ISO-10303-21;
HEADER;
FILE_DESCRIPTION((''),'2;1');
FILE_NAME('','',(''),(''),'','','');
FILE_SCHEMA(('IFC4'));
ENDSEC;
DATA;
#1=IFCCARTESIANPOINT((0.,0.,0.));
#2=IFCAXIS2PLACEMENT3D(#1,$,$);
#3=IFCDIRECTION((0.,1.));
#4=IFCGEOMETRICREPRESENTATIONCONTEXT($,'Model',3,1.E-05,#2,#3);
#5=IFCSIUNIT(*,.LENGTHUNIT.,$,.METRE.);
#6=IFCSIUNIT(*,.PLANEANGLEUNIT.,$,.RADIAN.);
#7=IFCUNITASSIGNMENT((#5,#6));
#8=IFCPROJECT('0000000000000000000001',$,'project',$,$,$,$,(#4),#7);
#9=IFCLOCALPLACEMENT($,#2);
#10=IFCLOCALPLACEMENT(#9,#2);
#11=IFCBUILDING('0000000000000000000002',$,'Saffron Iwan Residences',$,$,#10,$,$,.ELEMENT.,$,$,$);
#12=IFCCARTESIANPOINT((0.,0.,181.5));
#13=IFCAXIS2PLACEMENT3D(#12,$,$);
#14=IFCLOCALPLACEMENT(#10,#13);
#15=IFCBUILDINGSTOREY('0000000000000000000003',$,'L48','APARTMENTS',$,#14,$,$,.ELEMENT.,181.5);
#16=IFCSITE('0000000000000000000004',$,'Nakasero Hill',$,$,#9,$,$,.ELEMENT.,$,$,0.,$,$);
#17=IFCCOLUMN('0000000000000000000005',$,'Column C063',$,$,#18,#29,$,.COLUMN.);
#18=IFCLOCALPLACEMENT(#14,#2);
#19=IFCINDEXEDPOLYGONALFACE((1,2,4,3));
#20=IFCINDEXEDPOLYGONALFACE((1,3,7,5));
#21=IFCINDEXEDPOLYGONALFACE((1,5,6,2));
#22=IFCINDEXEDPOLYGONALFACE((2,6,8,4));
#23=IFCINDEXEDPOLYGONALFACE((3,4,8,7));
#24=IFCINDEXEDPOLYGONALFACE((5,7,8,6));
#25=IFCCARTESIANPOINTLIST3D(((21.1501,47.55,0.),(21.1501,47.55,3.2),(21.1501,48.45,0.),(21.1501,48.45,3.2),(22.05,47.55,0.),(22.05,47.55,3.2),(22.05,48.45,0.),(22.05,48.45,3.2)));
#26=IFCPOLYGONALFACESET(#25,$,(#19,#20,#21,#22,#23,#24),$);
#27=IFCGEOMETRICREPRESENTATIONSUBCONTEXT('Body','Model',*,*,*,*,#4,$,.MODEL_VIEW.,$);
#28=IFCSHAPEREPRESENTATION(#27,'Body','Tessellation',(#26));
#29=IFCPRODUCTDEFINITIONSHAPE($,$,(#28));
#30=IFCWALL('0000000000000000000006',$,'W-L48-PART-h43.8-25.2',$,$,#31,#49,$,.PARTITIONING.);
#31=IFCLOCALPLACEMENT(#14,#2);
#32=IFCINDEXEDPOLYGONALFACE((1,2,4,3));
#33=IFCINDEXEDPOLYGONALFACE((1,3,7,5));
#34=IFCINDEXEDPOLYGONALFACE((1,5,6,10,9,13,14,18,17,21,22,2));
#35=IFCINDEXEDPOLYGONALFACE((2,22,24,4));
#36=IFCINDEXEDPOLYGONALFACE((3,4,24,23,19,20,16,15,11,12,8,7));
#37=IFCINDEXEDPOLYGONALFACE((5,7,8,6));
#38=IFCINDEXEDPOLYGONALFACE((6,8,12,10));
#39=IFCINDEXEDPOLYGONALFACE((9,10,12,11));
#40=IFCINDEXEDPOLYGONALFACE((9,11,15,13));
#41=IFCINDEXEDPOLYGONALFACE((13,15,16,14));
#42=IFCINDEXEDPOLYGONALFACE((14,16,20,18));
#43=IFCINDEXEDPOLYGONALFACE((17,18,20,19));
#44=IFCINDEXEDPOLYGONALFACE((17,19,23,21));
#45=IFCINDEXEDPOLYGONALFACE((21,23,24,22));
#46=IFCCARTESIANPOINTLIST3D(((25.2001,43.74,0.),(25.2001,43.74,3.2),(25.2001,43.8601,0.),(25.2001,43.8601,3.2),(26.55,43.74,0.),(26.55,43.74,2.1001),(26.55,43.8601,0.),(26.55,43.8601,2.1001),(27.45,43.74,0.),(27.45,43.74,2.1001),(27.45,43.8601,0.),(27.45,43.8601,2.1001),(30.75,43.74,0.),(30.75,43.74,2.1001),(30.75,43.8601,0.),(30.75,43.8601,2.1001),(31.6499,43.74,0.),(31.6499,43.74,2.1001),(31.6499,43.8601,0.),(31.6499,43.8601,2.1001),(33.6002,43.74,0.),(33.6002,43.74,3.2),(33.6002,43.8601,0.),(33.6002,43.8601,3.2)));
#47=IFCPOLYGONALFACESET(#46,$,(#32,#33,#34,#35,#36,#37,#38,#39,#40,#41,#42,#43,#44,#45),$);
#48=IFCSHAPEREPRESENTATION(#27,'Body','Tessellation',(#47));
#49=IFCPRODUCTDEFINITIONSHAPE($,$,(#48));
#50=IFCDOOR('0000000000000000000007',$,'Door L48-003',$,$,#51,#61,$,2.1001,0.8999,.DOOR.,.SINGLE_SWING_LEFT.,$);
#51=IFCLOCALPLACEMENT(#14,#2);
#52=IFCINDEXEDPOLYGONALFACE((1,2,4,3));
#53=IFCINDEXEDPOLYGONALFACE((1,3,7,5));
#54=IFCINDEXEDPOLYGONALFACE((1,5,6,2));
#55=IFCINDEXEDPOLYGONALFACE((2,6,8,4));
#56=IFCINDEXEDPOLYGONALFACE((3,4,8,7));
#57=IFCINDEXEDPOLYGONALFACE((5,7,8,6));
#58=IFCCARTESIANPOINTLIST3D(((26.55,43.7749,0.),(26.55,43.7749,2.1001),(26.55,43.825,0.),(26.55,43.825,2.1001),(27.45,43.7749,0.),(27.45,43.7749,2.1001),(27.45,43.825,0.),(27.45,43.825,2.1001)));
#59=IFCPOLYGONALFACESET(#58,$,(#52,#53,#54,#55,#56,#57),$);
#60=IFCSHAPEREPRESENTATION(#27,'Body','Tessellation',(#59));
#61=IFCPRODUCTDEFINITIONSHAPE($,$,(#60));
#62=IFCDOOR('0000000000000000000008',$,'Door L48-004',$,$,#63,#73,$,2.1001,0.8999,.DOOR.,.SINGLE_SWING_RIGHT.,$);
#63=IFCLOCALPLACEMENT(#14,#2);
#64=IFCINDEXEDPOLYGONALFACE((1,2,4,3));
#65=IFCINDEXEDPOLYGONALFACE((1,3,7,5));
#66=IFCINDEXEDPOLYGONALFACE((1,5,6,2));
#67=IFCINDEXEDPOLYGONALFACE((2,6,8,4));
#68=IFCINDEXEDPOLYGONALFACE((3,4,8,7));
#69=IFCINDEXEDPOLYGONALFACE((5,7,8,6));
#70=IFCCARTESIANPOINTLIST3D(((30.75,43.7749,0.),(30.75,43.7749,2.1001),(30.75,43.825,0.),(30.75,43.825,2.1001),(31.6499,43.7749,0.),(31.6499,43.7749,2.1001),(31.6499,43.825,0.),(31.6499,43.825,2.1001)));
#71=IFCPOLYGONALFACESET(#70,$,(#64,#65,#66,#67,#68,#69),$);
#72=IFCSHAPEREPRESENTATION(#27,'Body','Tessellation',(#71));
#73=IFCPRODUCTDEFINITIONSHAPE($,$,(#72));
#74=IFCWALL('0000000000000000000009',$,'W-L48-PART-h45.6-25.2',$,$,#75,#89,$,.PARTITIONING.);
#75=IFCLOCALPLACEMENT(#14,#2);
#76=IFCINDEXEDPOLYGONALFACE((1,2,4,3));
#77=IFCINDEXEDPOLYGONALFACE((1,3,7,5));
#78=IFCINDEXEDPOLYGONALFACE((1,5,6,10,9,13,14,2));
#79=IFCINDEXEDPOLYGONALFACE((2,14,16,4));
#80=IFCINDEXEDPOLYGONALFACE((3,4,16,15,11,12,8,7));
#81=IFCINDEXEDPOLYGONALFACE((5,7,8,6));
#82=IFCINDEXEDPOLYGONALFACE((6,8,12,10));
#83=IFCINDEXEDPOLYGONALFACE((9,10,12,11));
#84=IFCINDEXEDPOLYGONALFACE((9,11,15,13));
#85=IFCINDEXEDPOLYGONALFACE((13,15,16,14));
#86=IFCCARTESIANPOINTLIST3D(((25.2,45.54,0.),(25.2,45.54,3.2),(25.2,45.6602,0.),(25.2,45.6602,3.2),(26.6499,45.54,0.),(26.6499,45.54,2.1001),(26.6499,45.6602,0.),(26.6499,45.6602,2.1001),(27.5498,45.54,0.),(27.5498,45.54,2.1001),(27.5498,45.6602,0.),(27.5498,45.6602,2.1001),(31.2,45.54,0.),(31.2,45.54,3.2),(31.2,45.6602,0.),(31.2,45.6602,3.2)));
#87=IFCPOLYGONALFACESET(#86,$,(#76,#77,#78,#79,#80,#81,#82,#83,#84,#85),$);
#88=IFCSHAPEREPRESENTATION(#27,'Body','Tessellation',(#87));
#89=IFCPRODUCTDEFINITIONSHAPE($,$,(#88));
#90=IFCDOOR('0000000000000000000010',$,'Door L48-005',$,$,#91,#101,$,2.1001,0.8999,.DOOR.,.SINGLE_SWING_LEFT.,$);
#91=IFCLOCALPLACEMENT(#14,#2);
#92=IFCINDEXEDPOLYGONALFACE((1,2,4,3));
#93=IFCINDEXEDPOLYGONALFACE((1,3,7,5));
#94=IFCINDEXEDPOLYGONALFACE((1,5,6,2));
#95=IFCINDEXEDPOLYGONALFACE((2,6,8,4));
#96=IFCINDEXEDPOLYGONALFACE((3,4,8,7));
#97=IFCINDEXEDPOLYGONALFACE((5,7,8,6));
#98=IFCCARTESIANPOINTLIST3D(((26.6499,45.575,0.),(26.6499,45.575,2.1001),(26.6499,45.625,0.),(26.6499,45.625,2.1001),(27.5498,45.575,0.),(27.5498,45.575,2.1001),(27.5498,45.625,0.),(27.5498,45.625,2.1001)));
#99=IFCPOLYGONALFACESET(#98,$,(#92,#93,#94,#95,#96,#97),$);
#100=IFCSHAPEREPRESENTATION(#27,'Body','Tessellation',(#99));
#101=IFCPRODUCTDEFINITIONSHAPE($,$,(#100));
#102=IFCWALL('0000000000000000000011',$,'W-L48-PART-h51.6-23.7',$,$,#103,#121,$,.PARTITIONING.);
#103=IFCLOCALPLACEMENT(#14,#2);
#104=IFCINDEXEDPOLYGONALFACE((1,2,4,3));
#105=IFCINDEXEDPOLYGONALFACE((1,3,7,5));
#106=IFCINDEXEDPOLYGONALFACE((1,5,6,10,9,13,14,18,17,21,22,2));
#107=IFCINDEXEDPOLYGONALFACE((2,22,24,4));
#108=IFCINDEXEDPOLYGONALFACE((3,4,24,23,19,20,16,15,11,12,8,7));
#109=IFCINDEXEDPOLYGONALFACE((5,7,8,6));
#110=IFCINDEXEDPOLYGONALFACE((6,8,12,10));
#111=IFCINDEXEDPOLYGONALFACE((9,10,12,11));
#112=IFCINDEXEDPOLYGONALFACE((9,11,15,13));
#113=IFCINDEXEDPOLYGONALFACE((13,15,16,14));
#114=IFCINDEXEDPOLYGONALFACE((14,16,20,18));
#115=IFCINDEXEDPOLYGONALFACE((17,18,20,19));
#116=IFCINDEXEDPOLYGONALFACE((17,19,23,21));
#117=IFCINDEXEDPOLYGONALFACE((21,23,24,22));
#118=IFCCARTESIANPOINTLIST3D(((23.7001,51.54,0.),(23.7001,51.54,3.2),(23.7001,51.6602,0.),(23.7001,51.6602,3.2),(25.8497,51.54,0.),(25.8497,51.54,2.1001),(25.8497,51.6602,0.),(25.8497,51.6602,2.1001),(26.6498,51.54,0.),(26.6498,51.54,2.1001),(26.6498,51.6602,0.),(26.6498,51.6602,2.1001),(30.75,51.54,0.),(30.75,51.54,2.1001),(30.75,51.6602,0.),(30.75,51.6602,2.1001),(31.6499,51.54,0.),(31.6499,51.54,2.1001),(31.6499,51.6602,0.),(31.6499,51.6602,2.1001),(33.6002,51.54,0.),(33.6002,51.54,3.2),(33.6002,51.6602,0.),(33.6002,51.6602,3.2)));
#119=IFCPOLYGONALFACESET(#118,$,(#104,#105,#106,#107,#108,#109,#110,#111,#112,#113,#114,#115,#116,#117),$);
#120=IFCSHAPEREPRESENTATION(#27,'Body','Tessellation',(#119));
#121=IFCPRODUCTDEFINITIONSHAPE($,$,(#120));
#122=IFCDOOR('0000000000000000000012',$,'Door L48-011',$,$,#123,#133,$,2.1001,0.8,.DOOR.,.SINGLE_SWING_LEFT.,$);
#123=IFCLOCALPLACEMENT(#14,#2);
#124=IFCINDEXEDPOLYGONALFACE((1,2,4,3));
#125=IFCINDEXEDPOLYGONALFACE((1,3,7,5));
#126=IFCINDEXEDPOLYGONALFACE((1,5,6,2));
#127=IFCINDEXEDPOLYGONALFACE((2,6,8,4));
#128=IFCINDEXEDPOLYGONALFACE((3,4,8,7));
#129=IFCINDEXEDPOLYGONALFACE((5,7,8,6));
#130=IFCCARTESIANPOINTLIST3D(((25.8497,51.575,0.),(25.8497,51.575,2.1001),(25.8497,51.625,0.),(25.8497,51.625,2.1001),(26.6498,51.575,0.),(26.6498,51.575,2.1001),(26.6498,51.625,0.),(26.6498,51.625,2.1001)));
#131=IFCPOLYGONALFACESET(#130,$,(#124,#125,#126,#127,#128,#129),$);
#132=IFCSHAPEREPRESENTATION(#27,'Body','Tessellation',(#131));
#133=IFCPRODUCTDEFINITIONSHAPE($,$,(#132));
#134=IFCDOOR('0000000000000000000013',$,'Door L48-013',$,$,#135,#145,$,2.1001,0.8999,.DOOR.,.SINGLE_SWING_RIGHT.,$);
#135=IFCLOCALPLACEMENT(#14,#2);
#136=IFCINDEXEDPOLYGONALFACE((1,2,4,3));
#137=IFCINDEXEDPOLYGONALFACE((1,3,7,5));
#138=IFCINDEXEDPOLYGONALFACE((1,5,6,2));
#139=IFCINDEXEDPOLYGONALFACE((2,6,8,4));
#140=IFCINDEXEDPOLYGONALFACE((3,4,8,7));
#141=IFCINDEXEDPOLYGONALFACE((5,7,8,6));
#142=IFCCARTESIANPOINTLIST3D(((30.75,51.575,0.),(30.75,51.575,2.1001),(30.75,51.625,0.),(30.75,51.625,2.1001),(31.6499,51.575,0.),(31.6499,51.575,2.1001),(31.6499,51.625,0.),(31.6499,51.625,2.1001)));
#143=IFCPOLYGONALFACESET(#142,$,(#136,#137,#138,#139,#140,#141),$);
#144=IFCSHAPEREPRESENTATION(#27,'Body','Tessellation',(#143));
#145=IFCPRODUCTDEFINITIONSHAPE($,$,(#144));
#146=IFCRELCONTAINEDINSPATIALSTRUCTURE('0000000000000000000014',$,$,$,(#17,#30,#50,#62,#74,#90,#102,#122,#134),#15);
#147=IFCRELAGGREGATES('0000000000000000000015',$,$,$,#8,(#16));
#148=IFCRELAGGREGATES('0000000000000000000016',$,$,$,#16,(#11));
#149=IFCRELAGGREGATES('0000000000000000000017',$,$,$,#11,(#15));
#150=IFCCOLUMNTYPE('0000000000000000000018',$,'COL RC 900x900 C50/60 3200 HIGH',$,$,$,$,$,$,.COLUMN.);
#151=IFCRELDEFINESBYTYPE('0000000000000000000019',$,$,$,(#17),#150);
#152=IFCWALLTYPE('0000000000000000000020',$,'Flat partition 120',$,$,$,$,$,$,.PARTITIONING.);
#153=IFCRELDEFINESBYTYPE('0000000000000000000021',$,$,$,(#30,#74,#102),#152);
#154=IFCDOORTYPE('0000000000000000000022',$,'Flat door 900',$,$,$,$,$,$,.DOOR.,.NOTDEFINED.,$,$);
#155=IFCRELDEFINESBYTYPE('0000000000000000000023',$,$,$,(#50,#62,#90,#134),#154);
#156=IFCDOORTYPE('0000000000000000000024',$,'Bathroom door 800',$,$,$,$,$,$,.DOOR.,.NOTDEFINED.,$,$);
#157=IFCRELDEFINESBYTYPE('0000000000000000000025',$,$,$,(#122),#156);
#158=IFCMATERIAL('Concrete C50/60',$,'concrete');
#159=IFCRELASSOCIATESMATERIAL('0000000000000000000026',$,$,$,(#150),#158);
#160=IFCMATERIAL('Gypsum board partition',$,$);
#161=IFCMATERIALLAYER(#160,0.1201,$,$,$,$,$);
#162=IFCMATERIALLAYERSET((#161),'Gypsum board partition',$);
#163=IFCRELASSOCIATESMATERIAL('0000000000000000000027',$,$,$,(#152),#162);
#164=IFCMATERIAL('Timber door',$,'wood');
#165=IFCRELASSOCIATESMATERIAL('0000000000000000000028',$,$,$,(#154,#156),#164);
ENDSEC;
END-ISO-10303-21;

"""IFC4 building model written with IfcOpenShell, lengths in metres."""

from ifc_helpers import new_model, si_unit, direction, frame, frame_2d, origin, origin_2d, place, context, subcontext, project, spatial, rectangle, extrude, source, transform, mapped, material, layer, layer_set, material_profile, profile_set, type_object, element, fill, save


model = new_model("IFC4")

# Units and contexts
model_context = context("Model", 3, precision=1e-05, world=origin(), true_north=direction((0.0, 1.0)))
body_context = subcontext(model_context, "Body", "Model", "MODEL_VIEW")
ifc_project = project(units=[si_unit("LENGTHUNIT", "METRE"), si_unit("PLANEANGLEUNIT", "RADIAN")], contexts=[model_context])

# Site, building, storey
site_placement = place(None, origin())
site = spatial("IfcSite", under=ifc_project, at=site_placement, Name="Nakasero Hill", CompositionType="ELEMENT", RefElevation=0.0)
building_placement = place(site_placement, origin())
building = spatial("IfcBuilding", under=site, at=building_placement, Name="Saffron Iwan Residences", CompositionType="ELEMENT")
storey_placement = place(building_placement, frame((0.0, 0.0, 181.5)))
storey = spatial("IfcBuildingStorey", under=building, at=storey_placement, Name="L48", Description="APARTMENTS", CompositionType="ELEMENT", Elevation=181.5)

# Column
ifc_material_1 = material(Name="Concrete C50/60", Category="concrete")
ifc_material_profile = material_profile(ifc_material_1, rectangle(XDim=0.8999, YDim=0.8999, at=origin_2d()), Name="RC 900x900")
ifc_profile_set = profile_set([ifc_material_profile], Name="Concrete C50/60")
column_type = type_object("IfcColumnType", Name="COL RC 900x900 C50/60 3200 HIGH", PredefinedType="COLUMN", material=ifc_profile_set)
shared_shape = source(origin(), body_context, "Body", "SweptSolid", [
    extrude(rectangle(XDim=0.8999, YDim=0.8999, at=origin_2d()), origin(), (0.0, 0.0, 1.0), 3.2),
])
column_placement = place(storey_placement, frame((21.6001, 48.0, 0.0), z_axis=(0.0, 0.0, 1.0), x_axis=(1.0, 0.0, 0.0)))
element("IfcColumn", 1, at=column_placement, inside=storey, type_object=column_type, Name="Column C063", PredefinedType="COLUMN", context=body_context, shape_type="MappedRepresentation", body=[
    mapped(shared_shape, transform((0.0, 0.0, 0.0))),
])

# Wall, openings, doors
ifc_material_2 = material(Name="Gypsum board partition")
ifc_layer = layer(ifc_material_2, 0.1201)
ifc_layer_set = layer_set([ifc_layer], Name="Gypsum board partition")
wall_type = type_object("IfcWallType", Name="Flat partition 120", PredefinedType="PARTITIONING", material=ifc_layer_set)
wall_1_placement = place(storey_placement, frame((25.2, 43.8, 0.0), z_axis=(0.0, 0.0, 1.0), x_axis=(1.0, 0.0, 0.0)))
wall_1 = element("IfcWall", 2, at=wall_1_placement, inside=storey, type_object=wall_type, Name="W-L48-PART-h43.8-25.2", PredefinedType="PARTITIONING", context=body_context, shape_type="SweptSolid", body=[
    extrude(rectangle(XDim=8.4001, YDim=0.1201, at=frame_2d((4.2002, 0.0))), origin(), (0.0, 0.0, 1.0), 3.2),
])
opening_1_placement = place(wall_1_placement, frame((1.3501, 0.0, 0.0)))
opening_1 = element("IfcOpeningElement", 3, at=opening_1_placement, cuts=wall_1, PredefinedType="OPENING", context=body_context, shape_type="SweptSolid", body=[
    extrude(rectangle(XDim=0.8999, YDim=2.1001, at=frame_2d((0.45, 1.05))), frame((0.0, 0.0701, 0.0), z_axis=(0.0, -1.0, 0.0), x_axis=(1.0, 0.0, 0.0)), (0.0, 0.0, 1.0), 0.1401),
])
opening_2_placement = place(wall_1_placement, frame((5.55, 0.0, 0.0)))
opening_2 = element("IfcOpeningElement", 4, at=opening_2_placement, cuts=wall_1, PredefinedType="OPENING", context=body_context, shape_type="SweptSolid", body=[
    extrude(rectangle(XDim=0.8999, YDim=2.1001, at=frame_2d((0.45, 1.05))), frame((0.0, 0.0701, 0.0), z_axis=(0.0, -1.0, 0.0), x_axis=(1.0, 0.0, 0.0)), (0.0, 0.0, 1.0), 0.1401),
])
ifc_material_3 = material(Name="Timber door", Category="wood")
door_type_1 = type_object("IfcDoorType", Name="Flat door 900", OperationType="NOTDEFINED", PredefinedType="DOOR", material=ifc_material_3)
door_1_placement = place(opening_1_placement, origin())
door_1 = element("IfcDoor", 5, at=door_1_placement, inside=storey, type_object=door_type_1, Name="Door L48-003", OperationType="SINGLE_SWING_LEFT", OverallHeight=2.1001, OverallWidth=0.8999, PredefinedType="DOOR", context=body_context, shape_type="SweptSolid", body=[
    extrude(rectangle(XDim=0.8999, YDim=2.1001, at=frame_2d((0.45, 1.05))), frame((0.0, 0.0249, 0.0), z_axis=(0.0, -1.0, 0.0), x_axis=(1.0, 0.0, 0.0)), (0.0, 0.0, 1.0), 0.05),
])
fill(opening_1, door_1)
door_2_placement = place(opening_2_placement, origin())
door_2 = element("IfcDoor", 6, at=door_2_placement, inside=storey, type_object=door_type_1, Name="Door L48-004", OperationType="SINGLE_SWING_RIGHT", OverallHeight=2.1001, OverallWidth=0.8999, PredefinedType="DOOR", context=body_context, shape_type="SweptSolid", body=[
    extrude(rectangle(XDim=0.8999, YDim=2.1001, at=frame_2d((0.45, 1.05))), frame((0.0, 0.0249, 0.0), z_axis=(0.0, -1.0, 0.0), x_axis=(1.0, 0.0, 0.0)), (0.0, 0.0, 1.0), 0.05),
])
fill(opening_2, door_2)

# Wall, opening, door
wall_2_placement = place(storey_placement, frame((25.2, 45.6001, 0.0), z_axis=(0.0, 0.0, 1.0), x_axis=(1.0, 0.0, 0.0)))
wall_2 = element("IfcWall", 7, at=wall_2_placement, inside=storey, type_object=wall_type, Name="W-L48-PART-h45.6-25.2", PredefinedType="PARTITIONING", context=body_context, shape_type="SweptSolid", body=[
    extrude(rectangle(XDim=6.0, YDim=0.1201, at=frame_2d((3.0, 0.0))), origin(), (0.0, 0.0, 1.0), 3.2),
])
opening_3_placement = place(wall_2_placement, frame((1.45, 0.0, 0.0)))
opening_3 = element("IfcOpeningElement", 8, at=opening_3_placement, cuts=wall_2, PredefinedType="OPENING", context=body_context, shape_type="SweptSolid", body=[
    extrude(rectangle(XDim=0.8999, YDim=2.1001, at=frame_2d((0.45, 1.05))), frame((0.0, 0.0701, 0.0), z_axis=(0.0, -1.0, 0.0), x_axis=(1.0, 0.0, 0.0)), (0.0, 0.0, 1.0), 0.1401),
])
door_3_placement = place(opening_3_placement, origin())
door_3 = element("IfcDoor", 9, at=door_3_placement, inside=storey, type_object=door_type_1, Name="Door L48-005", OperationType="SINGLE_SWING_LEFT", OverallHeight=2.1001, OverallWidth=0.8999, PredefinedType="DOOR", context=body_context, shape_type="SweptSolid", body=[
    extrude(rectangle(XDim=0.8999, YDim=2.1001, at=frame_2d((0.45, 1.05))), frame((0.0, 0.0249, 0.0), z_axis=(0.0, -1.0, 0.0), x_axis=(1.0, 0.0, 0.0)), (0.0, 0.0, 1.0), 0.05),
])
fill(opening_3, door_3)

# Wall, openings, doors
wall_3_placement = place(storey_placement, frame((23.7, 51.6001, 0.0), z_axis=(0.0, 0.0, 1.0), x_axis=(1.0, 0.0, 0.0)))
wall_3 = element("IfcWall", 10, at=wall_3_placement, inside=storey, type_object=wall_type, Name="W-L48-PART-h51.6-23.7", PredefinedType="PARTITIONING", context=body_context, shape_type="SweptSolid", body=[
    extrude(rectangle(XDim=9.9001, YDim=0.1201, at=frame_2d((4.9502, 0.0))), origin(), (0.0, 0.0, 1.0), 3.2),
])
opening_4_placement = place(wall_3_placement, frame((2.1499, 0.0, 0.0)))
opening_4 = element("IfcOpeningElement", 11, at=opening_4_placement, cuts=wall_3, PredefinedType="OPENING", context=body_context, shape_type="SweptSolid", body=[
    extrude(rectangle(XDim=0.8, YDim=2.1001, at=frame_2d((0.3999, 1.05))), frame((0.0, 0.0701, 0.0), z_axis=(0.0, -1.0, 0.0), x_axis=(1.0, 0.0, 0.0)), (0.0, 0.0, 1.0), 0.1401),
])
opening_5_placement = place(wall_3_placement, frame((7.05, 0.0, 0.0)))
opening_5 = element("IfcOpeningElement", 12, at=opening_5_placement, cuts=wall_3, PredefinedType="OPENING", context=body_context, shape_type="SweptSolid", body=[
    extrude(rectangle(XDim=0.8999, YDim=2.1001, at=frame_2d((0.45, 1.05))), frame((0.0, 0.0701, 0.0), z_axis=(0.0, -1.0, 0.0), x_axis=(1.0, 0.0, 0.0)), (0.0, 0.0, 1.0), 0.1401),
])
door_type_2 = type_object("IfcDoorType", Name="Bathroom door 800", OperationType="NOTDEFINED", PredefinedType="DOOR", material=ifc_material_3)
door_4_placement = place(opening_4_placement, origin())
door_4 = element("IfcDoor", 13, at=door_4_placement, inside=storey, type_object=door_type_2, Name="Door L48-011", OperationType="SINGLE_SWING_LEFT", OverallHeight=2.1001, OverallWidth=0.8, PredefinedType="DOOR", context=body_context, shape_type="SweptSolid", body=[
    extrude(rectangle(XDim=0.8, YDim=2.1001, at=frame_2d((0.3999, 1.05))), frame((0.0, 0.0249, 0.0), z_axis=(0.0, -1.0, 0.0), x_axis=(1.0, 0.0, 0.0)), (0.0, 0.0, 1.0), 0.05),
])
fill(opening_4, door_4)
door_5_placement = place(opening_5_placement, origin())
door_5 = element("IfcDoor", 14, at=door_5_placement, inside=storey, type_object=door_type_1, Name="Door L48-013", OperationType="SINGLE_SWING_RIGHT", OverallHeight=2.1001, OverallWidth=0.8999, PredefinedType="DOOR", context=body_context, shape_type="SweptSolid", body=[
    extrude(rectangle(XDim=0.8999, YDim=2.1001, at=frame_2d((0.45, 1.05))), frame((0.0, 0.0249, 0.0), z_axis=(0.0, -1.0, 0.0), x_axis=(1.0, 0.0, 0.0)), (0.0, 0.0, 1.0), 0.05),
])
fill(opening_5, door_5)

save(model, "model.ifc")
